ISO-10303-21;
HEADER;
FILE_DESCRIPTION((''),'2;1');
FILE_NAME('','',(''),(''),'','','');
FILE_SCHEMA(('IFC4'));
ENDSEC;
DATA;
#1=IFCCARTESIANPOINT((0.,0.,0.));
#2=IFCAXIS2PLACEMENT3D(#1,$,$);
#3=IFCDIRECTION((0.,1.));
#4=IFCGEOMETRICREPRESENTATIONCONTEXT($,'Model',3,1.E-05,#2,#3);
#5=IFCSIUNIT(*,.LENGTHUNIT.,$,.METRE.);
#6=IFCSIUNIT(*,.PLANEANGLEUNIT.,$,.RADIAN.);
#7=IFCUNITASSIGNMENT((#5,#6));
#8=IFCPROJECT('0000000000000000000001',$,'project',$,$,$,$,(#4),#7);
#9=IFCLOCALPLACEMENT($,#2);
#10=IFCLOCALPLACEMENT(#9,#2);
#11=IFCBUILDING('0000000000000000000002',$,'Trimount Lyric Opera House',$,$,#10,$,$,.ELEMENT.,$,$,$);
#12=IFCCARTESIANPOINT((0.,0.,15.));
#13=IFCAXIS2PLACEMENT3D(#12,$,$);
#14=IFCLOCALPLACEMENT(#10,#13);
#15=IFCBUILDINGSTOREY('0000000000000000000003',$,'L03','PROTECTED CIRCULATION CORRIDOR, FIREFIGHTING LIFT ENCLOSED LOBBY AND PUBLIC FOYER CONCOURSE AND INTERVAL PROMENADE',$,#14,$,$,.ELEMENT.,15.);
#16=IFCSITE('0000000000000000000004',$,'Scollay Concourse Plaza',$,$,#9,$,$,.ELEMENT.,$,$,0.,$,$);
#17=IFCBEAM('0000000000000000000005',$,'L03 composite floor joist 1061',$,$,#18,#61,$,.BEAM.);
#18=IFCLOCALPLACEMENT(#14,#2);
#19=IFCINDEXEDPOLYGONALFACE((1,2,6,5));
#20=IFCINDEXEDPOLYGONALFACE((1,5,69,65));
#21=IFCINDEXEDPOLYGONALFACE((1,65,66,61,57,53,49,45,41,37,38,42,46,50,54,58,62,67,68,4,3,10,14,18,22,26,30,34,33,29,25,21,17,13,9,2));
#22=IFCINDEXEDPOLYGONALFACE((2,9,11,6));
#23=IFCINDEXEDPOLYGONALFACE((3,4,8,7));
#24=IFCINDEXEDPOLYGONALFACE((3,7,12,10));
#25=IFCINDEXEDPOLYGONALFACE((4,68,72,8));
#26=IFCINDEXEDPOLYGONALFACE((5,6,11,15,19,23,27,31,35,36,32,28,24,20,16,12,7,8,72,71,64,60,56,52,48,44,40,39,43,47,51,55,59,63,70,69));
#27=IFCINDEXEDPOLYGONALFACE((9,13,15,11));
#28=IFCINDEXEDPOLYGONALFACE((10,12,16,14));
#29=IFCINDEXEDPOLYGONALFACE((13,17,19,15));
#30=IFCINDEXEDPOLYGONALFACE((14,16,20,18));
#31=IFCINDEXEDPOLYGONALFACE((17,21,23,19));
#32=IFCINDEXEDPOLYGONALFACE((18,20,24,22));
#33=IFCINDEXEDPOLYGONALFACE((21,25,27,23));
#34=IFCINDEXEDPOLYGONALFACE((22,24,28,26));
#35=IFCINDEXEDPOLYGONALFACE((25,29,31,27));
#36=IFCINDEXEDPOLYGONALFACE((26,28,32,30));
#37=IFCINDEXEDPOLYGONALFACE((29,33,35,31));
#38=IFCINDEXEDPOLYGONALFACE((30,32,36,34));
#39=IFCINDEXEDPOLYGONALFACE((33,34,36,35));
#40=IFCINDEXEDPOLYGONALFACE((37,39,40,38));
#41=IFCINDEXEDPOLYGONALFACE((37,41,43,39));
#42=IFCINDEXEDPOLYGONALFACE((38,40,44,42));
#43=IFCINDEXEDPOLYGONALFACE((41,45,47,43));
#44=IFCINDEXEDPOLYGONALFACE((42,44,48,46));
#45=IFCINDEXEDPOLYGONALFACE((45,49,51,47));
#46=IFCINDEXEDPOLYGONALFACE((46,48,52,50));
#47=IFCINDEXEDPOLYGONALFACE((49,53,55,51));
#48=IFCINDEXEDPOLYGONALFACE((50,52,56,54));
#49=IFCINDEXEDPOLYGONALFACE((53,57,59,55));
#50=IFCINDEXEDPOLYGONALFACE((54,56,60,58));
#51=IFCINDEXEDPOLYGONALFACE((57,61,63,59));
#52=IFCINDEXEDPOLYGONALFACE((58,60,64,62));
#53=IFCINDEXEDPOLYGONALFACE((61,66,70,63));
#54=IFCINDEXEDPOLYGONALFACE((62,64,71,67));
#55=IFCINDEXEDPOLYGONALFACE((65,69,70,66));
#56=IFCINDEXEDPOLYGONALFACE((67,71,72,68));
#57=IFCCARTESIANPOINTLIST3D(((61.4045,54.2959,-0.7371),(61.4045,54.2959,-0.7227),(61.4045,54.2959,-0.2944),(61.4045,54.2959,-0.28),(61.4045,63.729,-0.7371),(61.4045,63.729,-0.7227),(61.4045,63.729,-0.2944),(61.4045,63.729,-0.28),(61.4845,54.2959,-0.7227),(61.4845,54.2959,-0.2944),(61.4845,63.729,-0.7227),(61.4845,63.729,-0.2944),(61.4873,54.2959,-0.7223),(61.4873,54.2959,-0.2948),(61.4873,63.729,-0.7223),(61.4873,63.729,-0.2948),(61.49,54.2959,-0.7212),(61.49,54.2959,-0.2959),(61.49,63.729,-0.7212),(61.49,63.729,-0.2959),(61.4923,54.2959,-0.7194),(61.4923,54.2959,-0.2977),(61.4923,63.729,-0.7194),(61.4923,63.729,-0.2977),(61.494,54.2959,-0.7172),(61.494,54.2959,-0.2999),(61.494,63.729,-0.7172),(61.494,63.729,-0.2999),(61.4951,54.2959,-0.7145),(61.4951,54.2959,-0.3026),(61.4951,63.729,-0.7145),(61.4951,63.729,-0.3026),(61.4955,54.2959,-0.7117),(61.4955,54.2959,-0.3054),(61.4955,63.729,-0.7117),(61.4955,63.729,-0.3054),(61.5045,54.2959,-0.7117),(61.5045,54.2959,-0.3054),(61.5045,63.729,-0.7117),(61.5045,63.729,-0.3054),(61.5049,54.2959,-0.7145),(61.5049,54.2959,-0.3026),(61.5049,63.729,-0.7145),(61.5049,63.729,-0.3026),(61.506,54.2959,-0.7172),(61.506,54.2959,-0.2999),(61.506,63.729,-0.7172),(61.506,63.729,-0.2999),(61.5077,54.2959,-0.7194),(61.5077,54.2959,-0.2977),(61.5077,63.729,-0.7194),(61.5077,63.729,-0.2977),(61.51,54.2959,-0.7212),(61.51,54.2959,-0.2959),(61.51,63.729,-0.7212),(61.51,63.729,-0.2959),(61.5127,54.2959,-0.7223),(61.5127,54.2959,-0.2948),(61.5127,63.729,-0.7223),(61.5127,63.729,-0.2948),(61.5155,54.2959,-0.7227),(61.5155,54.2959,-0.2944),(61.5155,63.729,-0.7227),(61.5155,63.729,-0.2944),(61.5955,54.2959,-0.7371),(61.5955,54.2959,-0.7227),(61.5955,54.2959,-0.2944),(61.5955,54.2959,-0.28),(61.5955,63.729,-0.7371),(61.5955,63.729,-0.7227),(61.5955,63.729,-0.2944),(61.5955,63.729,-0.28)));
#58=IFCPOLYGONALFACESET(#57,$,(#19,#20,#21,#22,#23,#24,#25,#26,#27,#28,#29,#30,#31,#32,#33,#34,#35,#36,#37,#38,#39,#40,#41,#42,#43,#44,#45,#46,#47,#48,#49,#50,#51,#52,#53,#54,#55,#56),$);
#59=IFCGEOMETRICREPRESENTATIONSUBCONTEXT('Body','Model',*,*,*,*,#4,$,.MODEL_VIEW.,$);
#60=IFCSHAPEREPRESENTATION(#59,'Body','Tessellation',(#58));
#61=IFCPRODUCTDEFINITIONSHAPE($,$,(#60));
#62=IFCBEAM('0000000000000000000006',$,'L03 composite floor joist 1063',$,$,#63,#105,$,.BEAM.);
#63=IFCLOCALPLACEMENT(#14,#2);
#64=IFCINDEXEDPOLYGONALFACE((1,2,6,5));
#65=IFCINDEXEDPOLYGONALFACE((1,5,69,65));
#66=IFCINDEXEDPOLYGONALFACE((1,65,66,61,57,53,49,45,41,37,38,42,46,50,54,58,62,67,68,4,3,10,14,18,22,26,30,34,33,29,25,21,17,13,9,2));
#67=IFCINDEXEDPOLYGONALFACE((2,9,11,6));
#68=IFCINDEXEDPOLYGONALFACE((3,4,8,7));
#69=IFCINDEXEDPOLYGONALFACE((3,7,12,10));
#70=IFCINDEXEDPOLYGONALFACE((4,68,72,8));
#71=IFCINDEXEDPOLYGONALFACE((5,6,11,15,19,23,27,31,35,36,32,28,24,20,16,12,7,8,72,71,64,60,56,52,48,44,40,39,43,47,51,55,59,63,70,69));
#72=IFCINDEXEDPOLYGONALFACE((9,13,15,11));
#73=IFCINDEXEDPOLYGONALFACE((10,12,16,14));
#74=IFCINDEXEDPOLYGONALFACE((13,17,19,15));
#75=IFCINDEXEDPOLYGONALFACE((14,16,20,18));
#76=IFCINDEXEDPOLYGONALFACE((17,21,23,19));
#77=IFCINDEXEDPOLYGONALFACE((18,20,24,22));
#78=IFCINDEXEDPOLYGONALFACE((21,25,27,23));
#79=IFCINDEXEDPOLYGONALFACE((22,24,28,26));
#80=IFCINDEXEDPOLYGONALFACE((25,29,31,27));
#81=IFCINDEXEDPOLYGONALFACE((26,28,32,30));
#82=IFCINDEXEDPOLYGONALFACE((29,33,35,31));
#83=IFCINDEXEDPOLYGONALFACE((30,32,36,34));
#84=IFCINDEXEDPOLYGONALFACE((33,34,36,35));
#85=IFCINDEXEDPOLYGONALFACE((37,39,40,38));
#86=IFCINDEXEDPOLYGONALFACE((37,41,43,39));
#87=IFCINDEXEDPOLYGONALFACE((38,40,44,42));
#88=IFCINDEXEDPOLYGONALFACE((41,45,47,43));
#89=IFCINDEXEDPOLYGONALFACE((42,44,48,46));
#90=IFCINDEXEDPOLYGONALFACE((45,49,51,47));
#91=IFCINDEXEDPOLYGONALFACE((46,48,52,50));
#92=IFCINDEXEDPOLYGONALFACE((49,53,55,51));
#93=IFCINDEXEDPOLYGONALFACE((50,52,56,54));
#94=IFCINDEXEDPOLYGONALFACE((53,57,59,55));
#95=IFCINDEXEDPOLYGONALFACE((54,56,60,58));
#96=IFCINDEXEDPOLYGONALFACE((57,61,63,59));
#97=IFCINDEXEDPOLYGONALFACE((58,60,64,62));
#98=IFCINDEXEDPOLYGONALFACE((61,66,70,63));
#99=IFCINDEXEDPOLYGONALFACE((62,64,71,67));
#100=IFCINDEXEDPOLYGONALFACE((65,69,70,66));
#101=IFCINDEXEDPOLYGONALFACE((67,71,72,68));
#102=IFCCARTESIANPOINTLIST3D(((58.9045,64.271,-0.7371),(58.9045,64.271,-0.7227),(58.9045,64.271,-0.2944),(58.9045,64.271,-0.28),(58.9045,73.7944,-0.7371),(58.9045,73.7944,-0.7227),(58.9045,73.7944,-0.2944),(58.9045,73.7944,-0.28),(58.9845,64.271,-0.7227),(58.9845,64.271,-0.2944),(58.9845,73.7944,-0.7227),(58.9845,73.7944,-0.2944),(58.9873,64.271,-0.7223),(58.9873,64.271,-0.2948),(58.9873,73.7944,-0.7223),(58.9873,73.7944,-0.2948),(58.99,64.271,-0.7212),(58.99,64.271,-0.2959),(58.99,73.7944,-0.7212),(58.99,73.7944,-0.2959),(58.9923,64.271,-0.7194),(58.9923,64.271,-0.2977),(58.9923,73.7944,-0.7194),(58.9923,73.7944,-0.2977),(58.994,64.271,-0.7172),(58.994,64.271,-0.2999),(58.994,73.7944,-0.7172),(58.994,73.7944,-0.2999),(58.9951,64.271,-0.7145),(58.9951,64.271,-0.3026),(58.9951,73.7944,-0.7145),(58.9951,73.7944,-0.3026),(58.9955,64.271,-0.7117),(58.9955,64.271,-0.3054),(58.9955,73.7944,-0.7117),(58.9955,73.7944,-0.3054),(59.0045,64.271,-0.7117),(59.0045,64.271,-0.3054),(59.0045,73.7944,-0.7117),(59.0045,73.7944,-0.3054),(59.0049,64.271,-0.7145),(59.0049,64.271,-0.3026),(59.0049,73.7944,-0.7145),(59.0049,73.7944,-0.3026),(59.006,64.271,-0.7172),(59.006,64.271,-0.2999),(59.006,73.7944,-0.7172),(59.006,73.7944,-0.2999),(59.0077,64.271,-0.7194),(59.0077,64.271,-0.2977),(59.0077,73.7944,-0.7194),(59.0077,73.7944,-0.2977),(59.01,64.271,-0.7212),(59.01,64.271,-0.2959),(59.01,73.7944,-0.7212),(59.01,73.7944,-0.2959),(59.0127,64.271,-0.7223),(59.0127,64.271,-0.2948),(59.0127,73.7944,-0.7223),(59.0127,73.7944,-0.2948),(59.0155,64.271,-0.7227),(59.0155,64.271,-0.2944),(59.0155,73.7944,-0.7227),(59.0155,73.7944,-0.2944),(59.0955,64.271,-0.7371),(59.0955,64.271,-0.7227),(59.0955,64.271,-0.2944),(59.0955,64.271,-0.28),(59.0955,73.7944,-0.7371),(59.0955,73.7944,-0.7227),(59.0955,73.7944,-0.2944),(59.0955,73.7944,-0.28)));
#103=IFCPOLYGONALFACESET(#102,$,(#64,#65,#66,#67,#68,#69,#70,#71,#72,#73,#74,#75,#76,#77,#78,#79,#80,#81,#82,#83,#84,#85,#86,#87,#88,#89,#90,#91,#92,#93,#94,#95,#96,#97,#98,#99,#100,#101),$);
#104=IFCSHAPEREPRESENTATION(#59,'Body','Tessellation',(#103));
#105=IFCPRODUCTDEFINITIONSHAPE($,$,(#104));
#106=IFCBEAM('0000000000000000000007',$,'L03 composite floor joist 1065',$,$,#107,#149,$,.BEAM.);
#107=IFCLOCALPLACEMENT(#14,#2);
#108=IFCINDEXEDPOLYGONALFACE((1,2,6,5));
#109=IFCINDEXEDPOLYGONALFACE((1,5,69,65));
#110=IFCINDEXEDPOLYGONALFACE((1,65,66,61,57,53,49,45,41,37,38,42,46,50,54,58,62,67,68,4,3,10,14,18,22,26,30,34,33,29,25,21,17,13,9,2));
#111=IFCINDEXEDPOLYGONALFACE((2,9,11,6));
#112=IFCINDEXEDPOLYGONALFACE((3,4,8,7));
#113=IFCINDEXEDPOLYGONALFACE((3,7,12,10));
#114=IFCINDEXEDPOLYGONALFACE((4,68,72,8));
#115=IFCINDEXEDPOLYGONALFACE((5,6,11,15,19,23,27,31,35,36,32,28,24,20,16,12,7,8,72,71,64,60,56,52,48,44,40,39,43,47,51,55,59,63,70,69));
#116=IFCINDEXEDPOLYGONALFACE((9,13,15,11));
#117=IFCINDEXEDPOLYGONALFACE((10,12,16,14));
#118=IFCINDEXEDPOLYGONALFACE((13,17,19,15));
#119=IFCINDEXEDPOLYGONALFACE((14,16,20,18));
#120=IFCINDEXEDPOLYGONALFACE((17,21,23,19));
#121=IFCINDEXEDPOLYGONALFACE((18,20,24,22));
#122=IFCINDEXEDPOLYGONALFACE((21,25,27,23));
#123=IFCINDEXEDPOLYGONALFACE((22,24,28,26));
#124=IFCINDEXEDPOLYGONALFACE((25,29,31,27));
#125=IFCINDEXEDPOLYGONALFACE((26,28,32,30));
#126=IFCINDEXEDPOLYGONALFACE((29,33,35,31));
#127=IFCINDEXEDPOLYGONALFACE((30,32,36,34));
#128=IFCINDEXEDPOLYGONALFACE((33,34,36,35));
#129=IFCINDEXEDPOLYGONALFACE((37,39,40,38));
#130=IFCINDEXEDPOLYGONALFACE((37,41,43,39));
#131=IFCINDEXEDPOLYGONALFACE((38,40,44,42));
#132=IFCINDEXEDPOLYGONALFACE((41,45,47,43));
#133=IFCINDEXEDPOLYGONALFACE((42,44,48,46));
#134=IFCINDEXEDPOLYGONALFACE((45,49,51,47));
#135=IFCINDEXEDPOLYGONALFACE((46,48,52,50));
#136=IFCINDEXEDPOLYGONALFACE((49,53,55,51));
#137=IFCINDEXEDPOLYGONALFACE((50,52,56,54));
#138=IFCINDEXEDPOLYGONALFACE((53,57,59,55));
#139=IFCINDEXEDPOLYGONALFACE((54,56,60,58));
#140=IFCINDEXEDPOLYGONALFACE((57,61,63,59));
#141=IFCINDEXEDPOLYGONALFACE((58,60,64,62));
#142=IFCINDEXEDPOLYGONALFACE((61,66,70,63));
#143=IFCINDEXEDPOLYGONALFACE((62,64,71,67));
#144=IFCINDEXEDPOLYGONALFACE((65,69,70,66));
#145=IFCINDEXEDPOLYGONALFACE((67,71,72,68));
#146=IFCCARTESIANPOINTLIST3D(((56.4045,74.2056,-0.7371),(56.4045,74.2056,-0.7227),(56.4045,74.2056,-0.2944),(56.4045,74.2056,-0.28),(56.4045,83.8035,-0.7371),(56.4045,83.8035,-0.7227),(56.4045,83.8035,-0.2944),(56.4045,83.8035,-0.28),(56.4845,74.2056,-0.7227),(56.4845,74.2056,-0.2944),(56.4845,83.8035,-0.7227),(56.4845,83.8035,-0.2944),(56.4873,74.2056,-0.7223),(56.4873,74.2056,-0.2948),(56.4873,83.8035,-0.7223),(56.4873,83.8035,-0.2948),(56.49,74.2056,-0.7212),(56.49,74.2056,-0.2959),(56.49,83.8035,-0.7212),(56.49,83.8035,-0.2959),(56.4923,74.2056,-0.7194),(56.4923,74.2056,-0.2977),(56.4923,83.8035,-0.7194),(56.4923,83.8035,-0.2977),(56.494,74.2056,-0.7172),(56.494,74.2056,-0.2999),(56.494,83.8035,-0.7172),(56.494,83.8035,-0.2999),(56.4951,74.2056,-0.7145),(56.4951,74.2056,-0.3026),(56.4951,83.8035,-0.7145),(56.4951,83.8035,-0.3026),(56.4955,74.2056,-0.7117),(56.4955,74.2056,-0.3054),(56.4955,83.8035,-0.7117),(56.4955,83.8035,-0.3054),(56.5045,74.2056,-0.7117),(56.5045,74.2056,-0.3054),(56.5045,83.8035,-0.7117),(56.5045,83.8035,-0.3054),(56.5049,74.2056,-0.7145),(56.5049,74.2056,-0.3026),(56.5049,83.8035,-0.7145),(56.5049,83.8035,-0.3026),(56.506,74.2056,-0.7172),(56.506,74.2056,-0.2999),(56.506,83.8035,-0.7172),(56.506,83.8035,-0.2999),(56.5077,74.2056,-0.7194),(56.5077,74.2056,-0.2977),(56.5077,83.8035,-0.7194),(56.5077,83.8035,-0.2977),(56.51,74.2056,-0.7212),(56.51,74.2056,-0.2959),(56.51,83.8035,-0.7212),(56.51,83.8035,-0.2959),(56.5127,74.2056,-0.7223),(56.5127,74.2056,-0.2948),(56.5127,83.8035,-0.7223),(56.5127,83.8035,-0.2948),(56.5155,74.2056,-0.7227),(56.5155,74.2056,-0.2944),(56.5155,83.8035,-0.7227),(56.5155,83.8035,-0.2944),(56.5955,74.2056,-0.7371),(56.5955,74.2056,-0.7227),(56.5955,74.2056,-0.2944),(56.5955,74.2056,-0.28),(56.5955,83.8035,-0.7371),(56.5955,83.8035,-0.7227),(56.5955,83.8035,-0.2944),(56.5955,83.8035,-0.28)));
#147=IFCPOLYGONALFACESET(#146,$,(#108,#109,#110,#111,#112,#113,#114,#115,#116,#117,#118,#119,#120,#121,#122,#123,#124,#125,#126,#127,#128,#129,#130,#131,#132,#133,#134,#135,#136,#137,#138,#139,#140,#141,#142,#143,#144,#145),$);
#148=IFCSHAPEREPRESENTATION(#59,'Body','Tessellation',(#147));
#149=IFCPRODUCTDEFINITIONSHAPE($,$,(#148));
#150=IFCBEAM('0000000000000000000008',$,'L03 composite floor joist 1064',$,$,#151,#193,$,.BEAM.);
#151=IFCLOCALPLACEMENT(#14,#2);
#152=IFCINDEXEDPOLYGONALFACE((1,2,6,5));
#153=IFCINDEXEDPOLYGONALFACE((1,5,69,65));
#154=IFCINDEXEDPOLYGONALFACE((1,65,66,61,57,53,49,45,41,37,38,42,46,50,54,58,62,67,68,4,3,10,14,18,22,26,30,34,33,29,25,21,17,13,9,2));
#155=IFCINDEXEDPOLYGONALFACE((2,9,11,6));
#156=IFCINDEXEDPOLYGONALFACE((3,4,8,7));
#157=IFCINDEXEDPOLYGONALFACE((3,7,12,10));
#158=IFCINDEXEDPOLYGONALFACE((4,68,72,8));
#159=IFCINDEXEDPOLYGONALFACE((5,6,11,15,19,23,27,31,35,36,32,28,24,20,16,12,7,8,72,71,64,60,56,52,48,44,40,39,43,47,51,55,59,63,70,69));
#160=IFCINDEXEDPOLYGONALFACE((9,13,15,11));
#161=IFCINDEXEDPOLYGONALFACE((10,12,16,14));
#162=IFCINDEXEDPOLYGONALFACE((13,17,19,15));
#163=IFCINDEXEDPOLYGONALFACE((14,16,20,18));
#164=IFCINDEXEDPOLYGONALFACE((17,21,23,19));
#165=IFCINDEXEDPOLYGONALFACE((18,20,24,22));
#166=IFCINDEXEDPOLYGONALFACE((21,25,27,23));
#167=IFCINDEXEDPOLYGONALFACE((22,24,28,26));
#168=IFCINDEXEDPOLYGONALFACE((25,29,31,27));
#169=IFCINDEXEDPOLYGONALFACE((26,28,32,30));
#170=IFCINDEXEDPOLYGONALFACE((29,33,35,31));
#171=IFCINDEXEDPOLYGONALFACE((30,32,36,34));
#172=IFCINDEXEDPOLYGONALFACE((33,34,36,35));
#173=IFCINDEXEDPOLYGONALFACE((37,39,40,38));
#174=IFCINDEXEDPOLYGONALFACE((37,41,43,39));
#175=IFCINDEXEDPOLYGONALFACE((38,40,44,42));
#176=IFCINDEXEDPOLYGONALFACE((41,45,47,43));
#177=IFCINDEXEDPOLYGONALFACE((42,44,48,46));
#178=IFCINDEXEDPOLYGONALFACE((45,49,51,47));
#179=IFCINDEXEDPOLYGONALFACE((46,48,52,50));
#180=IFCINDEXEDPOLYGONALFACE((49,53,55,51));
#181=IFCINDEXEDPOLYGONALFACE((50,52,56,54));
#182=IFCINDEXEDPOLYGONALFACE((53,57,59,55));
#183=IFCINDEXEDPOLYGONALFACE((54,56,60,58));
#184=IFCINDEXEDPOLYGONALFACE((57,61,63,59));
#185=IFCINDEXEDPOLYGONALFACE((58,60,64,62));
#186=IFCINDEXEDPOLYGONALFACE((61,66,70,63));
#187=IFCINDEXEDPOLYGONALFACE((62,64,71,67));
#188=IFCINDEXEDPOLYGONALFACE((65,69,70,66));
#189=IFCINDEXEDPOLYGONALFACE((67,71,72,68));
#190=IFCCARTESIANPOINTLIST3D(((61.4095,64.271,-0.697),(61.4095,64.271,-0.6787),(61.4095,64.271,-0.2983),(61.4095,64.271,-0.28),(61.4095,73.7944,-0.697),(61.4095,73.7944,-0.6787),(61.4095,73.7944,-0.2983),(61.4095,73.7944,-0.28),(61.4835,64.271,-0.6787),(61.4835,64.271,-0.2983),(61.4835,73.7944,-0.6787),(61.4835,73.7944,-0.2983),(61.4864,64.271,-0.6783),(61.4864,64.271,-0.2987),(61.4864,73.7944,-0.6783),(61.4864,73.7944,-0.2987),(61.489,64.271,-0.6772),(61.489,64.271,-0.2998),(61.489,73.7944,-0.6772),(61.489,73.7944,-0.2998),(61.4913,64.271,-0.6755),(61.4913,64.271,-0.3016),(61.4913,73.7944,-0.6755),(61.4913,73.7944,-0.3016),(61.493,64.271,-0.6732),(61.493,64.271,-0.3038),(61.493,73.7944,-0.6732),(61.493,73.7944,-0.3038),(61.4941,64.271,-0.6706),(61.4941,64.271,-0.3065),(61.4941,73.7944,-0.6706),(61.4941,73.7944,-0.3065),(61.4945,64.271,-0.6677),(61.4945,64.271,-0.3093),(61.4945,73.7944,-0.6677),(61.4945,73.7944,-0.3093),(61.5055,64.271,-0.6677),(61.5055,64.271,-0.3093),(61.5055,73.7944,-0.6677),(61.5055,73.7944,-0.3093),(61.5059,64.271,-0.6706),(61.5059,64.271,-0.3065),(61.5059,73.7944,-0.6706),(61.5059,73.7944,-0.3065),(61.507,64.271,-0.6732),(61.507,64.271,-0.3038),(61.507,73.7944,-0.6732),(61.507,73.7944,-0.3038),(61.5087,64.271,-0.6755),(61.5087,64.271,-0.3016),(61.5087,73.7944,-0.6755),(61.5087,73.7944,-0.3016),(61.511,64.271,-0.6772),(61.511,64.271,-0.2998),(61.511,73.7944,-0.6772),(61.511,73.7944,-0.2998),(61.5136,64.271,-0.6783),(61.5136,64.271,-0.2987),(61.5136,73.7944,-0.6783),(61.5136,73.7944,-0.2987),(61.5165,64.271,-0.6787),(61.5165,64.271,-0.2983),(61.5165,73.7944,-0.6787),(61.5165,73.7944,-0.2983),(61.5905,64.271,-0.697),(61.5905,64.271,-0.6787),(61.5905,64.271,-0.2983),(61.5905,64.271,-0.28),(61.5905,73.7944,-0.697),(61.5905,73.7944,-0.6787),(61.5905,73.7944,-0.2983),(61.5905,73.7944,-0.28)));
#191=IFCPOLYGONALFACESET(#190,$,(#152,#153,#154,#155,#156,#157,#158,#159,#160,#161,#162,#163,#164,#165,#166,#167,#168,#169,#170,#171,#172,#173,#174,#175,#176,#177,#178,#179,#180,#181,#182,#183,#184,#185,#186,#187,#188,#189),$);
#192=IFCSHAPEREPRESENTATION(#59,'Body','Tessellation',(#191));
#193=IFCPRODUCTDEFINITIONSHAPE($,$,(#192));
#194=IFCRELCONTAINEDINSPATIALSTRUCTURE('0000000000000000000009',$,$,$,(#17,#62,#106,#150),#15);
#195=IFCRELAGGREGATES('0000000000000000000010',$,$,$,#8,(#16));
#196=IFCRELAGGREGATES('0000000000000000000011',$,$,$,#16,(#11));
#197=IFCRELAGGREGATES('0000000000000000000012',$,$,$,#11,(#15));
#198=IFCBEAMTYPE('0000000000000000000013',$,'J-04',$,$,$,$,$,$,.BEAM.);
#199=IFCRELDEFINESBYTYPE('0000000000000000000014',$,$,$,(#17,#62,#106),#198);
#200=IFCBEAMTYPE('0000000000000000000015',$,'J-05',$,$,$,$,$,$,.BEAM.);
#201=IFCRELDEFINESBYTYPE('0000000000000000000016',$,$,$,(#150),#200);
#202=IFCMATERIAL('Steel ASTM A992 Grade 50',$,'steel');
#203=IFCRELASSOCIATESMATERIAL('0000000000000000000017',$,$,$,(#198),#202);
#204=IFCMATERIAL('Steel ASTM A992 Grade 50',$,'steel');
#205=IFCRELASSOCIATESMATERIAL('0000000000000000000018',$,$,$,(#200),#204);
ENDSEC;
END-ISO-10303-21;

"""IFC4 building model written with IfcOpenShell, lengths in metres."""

from ifc_helpers import new_model, si_unit, direction, frame, origin, origin_2d, place, context, subcontext, project, spatial, i_section, extrude, material, material_profile, profile_set, type_object, element, save


model = new_model("IFC4")

# Units and contexts
model_context = context("Model", 3, precision=1e-05, world=origin(), true_north=direction((0.0, 1.0)))
body_context = subcontext(model_context, "Body", "Model", "MODEL_VIEW")
ifc_project = project(units=[si_unit("LENGTHUNIT", "METRE"), si_unit("PLANEANGLEUNIT", "RADIAN")], contexts=[model_context])

# Site, building, storey
site_placement = place(None, origin())
site = spatial("IfcSite", under=ifc_project, at=site_placement, Name="Scollay Concourse Plaza", CompositionType="ELEMENT", RefElevation=0.0)
building_placement = place(site_placement, origin())
building = spatial("IfcBuilding", under=site, at=building_placement, Name="Trimount Lyric Opera House", CompositionType="ELEMENT")
storey_placement = place(building_placement, frame((0.0, 0.0, 15.0)))
storey = spatial("IfcBuildingStorey", under=building, at=storey_placement, Name="L03", Description="PROTECTED CIRCULATION CORRIDOR, FIREFIGHTING LIFT ENCLOSED LOBBY AND PUBLIC FOYER CONCOURSE AND INTERVAL PROMENADE", CompositionType="ELEMENT", Elevation=15.0)

# Beams
ifc_material_1 = material(Name="Steel ASTM A992 Grade 50", Category="steel")
ifc_material_profile_1 = material_profile(ifc_material_1, i_section(OverallWidth=0.1909, OverallDepth=0.457, WebThickness=0.009, FlangeThickness=0.0144, FilletRadius=0.011, at=origin_2d()), Name="W18X50")
ifc_profile_set_1 = profile_set([ifc_material_profile_1], Name="Steel ASTM A992 Grade 50")
beam_type_1 = type_object("IfcBeamType", Name="J-04", PredefinedType="BEAM", material=ifc_profile_set_1)
beam_1_placement = place(storey_placement, frame((61.5, 54.2959, -0.5085), z_axis=(0.0, 1.0, 0.0), x_axis=(-1.0, 0.0, 0.0)))
element("IfcBeam", 1, at=beam_1_placement, inside=storey, type_object=beam_type_1, Name="L03 composite floor joist 1061", PredefinedType="BEAM", context=body_context, shape_type="SweptSolid", body=[
    extrude(i_section(OverallWidth=0.1909, OverallDepth=0.457, WebThickness=0.009, FlangeThickness=0.0144, FilletRadius=0.011, at=origin_2d()), origin(), (0.0, 0.0, 1.0), 9.4331),
])
beam_2_placement = place(storey_placement, frame((59.0, 64.271, -0.5085), z_axis=(0.0, 1.0, 0.0), x_axis=(-1.0, 0.0, 0.0)))
element("IfcBeam", 2, at=beam_2_placement, inside=storey, type_object=beam_type_1, Name="L03 composite floor joist 1063", PredefinedType="BEAM", context=body_context, shape_type="SweptSolid", body=[
    extrude(i_section(OverallWidth=0.1909, OverallDepth=0.457, WebThickness=0.009, FlangeThickness=0.0144, FilletRadius=0.011, at=origin_2d()), origin(), (0.0, 0.0, 1.0), 9.5234),
])
beam_3_placement = place(storey_placement, frame((56.5, 74.2056, -0.5085), z_axis=(0.0, 1.0, 0.0), x_axis=(-1.0, 0.0, 0.0)))
element("IfcBeam", 3, at=beam_3_placement, inside=storey, type_object=beam_type_1, Name="L03 composite floor joist 1065", PredefinedType="BEAM", context=body_context, shape_type="SweptSolid", body=[
    extrude(i_section(OverallWidth=0.1909, OverallDepth=0.457, WebThickness=0.009, FlangeThickness=0.0144, FilletRadius=0.011, at=origin_2d()), origin(), (0.0, 0.0, 1.0), 9.5979),
])
ifc_material_2 = material(Name="Steel ASTM A992 Grade 50", Category="steel")
ifc_material_profile_2 = material_profile(ifc_material_2, i_section(OverallWidth=0.1809, OverallDepth=0.417, WebThickness=0.011, FlangeThickness=0.0183, FilletRadius=0.011, at=origin_2d()), Name="W16X57")
ifc_profile_set_2 = profile_set([ifc_material_profile_2], Name="Steel ASTM A992 Grade 50")
beam_type_2 = type_object("IfcBeamType", Name="J-05", PredefinedType="BEAM", material=ifc_profile_set_2)
beam_4_placement = place(storey_placement, frame((61.5, 64.271, -0.4885), z_axis=(0.0, 1.0, 0.0), x_axis=(-1.0, 0.0, 0.0)))
element("IfcBeam", 4, at=beam_4_placement, inside=storey, type_object=beam_type_2, Name="L03 composite floor joist 1064", PredefinedType="BEAM", context=body_context, shape_type="SweptSolid", body=[
    extrude(i_section(OverallWidth=0.1809, OverallDepth=0.417, WebThickness=0.011, FlangeThickness=0.0183, FilletRadius=0.011, at=origin_2d()), origin(), (0.0, 0.0, 1.0), 9.5234),
])

save(model, "model.ifc")
